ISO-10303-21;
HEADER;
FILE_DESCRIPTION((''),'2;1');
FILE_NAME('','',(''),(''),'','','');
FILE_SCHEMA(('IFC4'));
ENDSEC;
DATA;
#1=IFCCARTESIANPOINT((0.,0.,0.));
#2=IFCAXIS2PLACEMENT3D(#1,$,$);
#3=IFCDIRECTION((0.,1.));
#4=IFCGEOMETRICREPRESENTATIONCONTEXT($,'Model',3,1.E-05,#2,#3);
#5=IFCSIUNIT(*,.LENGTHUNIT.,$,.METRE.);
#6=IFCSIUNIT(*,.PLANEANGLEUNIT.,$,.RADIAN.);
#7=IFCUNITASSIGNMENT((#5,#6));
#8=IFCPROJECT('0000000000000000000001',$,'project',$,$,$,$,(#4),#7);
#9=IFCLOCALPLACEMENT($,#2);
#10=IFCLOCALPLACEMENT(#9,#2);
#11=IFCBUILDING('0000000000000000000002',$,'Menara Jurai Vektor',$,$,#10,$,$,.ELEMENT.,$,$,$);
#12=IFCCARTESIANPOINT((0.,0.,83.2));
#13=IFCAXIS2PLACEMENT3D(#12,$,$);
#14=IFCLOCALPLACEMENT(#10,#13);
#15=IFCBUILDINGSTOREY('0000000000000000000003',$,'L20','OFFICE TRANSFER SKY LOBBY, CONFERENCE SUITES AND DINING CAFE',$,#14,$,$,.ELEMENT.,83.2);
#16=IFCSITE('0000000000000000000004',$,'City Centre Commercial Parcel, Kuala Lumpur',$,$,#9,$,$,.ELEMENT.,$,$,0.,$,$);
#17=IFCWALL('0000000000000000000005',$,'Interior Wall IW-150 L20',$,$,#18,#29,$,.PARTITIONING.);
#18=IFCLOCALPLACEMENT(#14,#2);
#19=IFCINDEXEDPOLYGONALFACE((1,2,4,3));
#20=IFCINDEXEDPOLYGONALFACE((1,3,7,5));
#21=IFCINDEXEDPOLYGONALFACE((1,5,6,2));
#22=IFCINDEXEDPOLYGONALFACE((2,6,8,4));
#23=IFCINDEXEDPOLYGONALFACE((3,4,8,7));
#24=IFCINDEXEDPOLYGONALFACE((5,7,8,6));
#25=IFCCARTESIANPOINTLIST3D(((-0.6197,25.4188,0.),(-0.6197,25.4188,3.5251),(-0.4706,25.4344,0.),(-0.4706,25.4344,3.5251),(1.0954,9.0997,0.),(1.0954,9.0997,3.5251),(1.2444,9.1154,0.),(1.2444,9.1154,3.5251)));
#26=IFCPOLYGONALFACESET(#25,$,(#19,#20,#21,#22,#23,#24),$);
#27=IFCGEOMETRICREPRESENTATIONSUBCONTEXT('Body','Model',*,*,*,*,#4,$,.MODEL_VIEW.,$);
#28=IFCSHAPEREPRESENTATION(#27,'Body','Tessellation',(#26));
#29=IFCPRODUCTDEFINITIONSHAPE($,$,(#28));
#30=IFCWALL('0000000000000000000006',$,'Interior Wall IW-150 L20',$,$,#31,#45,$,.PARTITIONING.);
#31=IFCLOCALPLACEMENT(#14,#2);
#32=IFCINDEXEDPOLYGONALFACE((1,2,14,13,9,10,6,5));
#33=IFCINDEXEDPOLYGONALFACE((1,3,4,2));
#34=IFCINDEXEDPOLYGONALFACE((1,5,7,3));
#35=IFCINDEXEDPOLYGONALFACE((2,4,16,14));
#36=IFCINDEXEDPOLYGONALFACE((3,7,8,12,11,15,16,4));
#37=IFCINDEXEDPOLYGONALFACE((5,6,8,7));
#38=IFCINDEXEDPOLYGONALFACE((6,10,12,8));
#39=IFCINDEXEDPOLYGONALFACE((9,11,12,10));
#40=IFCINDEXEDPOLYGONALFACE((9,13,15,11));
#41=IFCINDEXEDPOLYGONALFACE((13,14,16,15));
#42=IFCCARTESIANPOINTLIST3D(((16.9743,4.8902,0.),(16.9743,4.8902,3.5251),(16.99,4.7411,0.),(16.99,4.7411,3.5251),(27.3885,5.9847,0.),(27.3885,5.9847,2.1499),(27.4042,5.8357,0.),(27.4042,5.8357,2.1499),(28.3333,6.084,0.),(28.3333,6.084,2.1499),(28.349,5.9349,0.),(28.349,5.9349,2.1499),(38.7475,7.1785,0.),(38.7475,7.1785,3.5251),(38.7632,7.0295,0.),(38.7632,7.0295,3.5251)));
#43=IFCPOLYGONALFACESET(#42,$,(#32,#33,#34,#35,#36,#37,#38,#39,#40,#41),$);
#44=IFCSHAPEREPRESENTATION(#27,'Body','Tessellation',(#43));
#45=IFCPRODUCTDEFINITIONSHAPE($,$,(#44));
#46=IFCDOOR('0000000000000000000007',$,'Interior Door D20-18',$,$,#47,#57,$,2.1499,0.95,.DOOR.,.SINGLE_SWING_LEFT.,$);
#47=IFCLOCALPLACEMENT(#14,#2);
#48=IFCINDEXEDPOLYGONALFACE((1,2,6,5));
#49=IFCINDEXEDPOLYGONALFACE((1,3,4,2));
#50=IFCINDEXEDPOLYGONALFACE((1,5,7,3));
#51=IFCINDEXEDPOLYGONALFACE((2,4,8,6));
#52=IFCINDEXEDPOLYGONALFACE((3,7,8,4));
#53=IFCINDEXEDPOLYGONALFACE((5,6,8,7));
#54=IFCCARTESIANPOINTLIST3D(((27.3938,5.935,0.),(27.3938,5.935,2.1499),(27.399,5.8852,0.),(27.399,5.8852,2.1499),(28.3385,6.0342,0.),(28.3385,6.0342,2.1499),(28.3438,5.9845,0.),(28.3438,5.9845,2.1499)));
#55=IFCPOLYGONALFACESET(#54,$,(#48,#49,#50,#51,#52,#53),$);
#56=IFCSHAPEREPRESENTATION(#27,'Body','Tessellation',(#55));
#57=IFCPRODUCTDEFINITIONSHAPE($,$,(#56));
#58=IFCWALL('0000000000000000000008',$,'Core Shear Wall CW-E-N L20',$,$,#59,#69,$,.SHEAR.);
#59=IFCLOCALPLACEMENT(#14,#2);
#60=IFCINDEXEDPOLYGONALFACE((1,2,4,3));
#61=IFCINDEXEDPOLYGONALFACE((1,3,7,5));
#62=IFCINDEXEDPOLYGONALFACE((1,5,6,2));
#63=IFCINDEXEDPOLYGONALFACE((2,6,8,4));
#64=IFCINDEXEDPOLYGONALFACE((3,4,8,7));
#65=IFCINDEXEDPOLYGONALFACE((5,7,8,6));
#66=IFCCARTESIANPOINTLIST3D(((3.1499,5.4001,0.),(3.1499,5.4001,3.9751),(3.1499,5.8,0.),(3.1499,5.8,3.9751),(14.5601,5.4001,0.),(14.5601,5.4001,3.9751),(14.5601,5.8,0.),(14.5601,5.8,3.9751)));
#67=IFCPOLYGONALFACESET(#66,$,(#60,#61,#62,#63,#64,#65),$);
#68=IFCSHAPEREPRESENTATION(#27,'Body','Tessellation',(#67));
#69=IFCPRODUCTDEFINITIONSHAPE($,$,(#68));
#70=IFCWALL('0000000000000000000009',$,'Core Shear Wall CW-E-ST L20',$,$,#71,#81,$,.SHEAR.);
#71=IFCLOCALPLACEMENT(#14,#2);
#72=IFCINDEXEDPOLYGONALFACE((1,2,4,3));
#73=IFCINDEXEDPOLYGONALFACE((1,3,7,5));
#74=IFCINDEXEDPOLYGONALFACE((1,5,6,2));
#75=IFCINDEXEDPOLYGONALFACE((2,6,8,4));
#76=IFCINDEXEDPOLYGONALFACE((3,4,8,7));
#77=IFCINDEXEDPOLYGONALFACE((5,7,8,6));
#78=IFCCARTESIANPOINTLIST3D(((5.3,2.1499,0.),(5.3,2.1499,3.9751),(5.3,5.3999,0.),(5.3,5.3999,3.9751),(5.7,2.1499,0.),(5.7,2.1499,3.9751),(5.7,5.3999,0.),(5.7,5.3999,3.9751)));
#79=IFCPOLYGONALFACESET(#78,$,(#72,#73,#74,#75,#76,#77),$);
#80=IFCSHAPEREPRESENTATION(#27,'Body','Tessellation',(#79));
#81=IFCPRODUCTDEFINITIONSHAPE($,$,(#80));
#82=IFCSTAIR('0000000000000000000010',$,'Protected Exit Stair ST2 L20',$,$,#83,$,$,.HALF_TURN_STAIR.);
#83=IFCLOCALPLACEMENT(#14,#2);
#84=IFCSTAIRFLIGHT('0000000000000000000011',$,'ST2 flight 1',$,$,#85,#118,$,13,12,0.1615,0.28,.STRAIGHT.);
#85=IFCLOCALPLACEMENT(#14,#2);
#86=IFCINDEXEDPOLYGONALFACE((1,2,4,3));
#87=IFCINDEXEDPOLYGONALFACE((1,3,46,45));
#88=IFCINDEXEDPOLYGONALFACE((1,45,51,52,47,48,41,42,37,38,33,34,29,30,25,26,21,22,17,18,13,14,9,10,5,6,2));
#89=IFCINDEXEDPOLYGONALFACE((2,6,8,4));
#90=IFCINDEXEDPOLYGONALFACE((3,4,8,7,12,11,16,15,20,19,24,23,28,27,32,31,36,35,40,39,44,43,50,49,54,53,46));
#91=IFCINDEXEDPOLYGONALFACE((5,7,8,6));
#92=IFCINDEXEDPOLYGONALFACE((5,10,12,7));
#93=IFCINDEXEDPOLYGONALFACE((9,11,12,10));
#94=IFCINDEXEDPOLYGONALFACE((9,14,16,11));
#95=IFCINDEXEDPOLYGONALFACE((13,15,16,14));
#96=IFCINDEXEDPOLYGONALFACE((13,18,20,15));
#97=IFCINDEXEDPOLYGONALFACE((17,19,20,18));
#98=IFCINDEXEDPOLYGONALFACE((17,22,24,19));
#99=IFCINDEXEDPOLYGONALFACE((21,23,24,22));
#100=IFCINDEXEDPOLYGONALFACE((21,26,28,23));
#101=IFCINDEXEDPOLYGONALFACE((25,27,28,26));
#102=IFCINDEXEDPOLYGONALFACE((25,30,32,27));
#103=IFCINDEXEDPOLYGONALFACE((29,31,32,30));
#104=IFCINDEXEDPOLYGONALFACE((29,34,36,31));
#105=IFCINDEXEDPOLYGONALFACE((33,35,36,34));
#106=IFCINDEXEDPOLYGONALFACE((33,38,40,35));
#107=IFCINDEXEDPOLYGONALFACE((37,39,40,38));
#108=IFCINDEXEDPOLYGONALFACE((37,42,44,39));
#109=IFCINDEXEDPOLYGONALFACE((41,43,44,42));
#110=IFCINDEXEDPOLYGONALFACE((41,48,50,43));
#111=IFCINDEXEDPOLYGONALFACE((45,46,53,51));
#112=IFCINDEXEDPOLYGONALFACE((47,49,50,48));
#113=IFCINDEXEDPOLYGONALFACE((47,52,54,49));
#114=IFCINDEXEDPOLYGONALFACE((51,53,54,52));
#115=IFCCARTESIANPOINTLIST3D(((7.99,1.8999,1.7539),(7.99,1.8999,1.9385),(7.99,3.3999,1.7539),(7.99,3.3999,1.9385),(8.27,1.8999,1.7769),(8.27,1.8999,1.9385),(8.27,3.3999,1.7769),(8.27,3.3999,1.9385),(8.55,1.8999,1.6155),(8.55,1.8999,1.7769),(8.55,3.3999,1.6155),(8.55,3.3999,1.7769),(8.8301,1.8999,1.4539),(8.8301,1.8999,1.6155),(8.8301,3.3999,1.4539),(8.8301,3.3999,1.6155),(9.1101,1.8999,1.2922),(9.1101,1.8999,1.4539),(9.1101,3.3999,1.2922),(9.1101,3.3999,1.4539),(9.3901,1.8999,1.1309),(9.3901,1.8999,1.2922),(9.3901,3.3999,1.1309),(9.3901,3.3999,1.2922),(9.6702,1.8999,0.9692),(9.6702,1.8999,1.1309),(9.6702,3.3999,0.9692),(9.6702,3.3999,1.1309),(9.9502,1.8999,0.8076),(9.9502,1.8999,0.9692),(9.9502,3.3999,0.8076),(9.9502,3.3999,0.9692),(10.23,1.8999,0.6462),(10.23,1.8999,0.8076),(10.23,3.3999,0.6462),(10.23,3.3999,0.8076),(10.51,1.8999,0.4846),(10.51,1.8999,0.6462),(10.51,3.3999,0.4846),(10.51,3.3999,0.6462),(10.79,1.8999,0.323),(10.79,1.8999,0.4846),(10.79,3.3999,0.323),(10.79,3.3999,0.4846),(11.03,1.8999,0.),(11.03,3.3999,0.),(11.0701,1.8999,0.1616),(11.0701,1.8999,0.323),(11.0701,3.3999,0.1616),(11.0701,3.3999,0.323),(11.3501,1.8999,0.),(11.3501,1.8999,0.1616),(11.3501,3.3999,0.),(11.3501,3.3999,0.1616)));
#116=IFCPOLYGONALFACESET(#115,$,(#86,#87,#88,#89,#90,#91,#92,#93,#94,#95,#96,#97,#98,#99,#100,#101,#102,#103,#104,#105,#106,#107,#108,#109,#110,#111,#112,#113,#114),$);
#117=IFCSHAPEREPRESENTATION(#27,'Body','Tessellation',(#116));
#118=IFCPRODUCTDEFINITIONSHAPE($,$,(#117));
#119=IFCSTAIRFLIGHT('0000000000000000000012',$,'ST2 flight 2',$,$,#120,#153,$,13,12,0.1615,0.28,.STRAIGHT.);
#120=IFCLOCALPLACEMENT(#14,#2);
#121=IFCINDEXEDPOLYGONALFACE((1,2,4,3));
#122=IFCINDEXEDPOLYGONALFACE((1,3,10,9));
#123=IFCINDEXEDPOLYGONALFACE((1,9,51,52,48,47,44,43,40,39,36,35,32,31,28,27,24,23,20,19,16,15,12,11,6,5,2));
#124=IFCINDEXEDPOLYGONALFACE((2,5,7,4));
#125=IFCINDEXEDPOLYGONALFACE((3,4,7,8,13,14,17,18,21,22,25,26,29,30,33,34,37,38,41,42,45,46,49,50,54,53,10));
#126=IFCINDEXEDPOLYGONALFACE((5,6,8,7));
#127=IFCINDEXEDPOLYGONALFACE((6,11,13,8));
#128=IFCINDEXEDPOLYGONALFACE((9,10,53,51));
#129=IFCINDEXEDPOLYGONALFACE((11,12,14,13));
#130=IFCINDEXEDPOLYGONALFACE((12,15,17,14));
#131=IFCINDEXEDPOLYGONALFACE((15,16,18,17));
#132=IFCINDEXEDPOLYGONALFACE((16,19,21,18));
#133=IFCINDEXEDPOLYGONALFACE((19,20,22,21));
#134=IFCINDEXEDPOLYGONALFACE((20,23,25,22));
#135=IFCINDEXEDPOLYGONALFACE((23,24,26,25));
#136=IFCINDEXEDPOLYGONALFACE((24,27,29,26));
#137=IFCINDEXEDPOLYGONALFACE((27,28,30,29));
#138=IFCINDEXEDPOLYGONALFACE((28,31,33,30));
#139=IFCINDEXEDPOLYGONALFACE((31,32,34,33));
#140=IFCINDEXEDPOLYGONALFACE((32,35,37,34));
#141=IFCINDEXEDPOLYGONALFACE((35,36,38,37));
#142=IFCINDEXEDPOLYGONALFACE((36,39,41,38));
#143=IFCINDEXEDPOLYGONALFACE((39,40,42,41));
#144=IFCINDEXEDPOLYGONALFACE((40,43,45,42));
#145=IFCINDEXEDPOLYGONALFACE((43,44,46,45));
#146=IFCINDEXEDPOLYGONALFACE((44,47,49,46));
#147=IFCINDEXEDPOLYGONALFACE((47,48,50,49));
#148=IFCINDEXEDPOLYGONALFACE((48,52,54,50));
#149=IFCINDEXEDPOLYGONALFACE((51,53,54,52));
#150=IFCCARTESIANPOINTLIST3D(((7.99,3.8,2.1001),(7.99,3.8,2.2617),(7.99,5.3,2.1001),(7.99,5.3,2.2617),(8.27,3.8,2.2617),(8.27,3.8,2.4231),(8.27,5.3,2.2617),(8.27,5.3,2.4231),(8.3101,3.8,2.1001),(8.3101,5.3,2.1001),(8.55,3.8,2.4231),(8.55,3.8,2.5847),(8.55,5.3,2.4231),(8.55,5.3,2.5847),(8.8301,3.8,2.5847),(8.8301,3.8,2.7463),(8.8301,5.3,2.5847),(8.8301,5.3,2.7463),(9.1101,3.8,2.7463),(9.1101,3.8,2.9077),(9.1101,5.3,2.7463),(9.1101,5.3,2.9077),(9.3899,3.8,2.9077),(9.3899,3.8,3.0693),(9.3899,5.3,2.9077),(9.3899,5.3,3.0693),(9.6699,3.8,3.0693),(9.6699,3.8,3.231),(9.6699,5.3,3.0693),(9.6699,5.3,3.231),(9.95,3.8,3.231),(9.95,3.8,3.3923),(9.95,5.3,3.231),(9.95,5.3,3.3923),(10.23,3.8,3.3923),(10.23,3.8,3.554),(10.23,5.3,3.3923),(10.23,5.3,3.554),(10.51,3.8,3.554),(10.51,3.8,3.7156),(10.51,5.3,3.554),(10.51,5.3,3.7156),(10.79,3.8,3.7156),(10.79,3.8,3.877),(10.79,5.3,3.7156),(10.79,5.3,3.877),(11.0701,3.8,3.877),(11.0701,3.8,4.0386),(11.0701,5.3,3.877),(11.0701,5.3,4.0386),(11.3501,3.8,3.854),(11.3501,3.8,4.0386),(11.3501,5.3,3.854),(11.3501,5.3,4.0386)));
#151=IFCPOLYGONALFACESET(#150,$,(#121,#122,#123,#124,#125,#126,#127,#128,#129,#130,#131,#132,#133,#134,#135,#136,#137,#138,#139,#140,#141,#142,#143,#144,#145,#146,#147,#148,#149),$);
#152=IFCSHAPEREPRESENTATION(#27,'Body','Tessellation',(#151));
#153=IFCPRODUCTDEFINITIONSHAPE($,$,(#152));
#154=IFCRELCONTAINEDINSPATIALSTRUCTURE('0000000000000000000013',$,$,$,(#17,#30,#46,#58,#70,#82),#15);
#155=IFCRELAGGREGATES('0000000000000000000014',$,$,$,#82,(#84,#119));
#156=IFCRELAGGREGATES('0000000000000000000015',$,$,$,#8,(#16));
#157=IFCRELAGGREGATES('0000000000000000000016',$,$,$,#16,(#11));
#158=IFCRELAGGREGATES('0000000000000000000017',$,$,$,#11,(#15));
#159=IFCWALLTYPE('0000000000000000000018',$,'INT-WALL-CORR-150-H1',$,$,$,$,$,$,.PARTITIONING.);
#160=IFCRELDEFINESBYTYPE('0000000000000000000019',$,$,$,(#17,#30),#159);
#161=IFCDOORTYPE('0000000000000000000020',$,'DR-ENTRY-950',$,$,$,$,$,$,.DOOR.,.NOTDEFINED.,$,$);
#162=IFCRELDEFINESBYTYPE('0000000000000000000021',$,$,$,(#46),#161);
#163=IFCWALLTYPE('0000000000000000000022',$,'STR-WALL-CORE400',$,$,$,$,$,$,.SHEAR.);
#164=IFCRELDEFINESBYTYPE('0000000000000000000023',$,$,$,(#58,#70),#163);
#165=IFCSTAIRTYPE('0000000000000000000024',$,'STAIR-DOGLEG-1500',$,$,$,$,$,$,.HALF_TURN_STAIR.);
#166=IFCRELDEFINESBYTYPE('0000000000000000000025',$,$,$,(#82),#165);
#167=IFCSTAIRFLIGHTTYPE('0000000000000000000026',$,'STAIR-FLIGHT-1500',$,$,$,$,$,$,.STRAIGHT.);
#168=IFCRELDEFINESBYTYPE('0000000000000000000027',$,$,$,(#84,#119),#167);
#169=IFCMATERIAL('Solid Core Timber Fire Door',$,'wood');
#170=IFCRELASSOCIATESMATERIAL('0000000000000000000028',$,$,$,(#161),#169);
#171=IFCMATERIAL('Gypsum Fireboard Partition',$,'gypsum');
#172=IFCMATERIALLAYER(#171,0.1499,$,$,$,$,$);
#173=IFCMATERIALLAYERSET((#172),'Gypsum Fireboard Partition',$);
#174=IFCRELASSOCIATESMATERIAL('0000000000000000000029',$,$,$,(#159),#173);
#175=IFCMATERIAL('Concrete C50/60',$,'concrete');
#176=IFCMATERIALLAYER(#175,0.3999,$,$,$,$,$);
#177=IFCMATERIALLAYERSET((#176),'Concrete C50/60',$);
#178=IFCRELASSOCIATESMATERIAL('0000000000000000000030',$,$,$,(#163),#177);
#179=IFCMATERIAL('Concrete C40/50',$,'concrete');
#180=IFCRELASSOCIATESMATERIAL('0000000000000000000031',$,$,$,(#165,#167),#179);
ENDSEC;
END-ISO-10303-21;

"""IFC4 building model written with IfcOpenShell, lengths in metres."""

from ifc_helpers import new_model, si_unit, direction, frame, frame_2d, origin, place, context, subcontext, project, spatial, polyline, rectangle, outline, extrude, material, layer, layer_set, type_object, element, fill, aggregate, save


model = new_model("IFC4")

# Units and contexts
model_context = context("Model", 3, precision=1e-05, world=origin(), true_north=direction((0.0, 1.0)))
body_context = subcontext(model_context, "Body", "Model", "MODEL_VIEW")
ifc_project = project(units=[si_unit("LENGTHUNIT", "METRE"), si_unit("PLANEANGLEUNIT", "RADIAN")], contexts=[model_context])

# Site, building, storey
site_placement = place(None, origin())
site = spatial("IfcSite", under=ifc_project, at=site_placement, Name="City Centre Commercial Parcel, Kuala Lumpur", CompositionType="ELEMENT", RefElevation=0.0)
building_placement = place(site_placement, origin())
building = spatial("IfcBuilding", under=site, at=building_placement, Name="Menara Jurai Vektor", CompositionType="ELEMENT")
storey_placement = place(building_placement, frame((0.0, 0.0, 83.2)))
storey = spatial("IfcBuildingStorey", under=building, at=storey_placement, Name="L20", Description="OFFICE TRANSFER SKY LOBBY, CONFERENCE SUITES AND DINING CAFE", CompositionType="ELEMENT", Elevation=83.2)

# Shared definitions
ifc_material_1 = material(Name="Concrete C50/60", Category="concrete")

# Shared definitions
ifc_material_2 = material(Name="Gypsum Fireboard Partition", Category="gypsum")

# Shared definitions
ifc_material_3 = material(Name="Solid Core Timber Fire Door", Category="wood")
door_type = type_object("IfcDoorType", Name="DR-ENTRY-950", OperationType="NOTDEFINED", PredefinedType="DOOR", material=ifc_material_3)

# Wall
ifc_layer_1 = layer(ifc_material_2, 0.1499)
ifc_layer_set_1 = layer_set([ifc_layer_1], Name="Gypsum Fireboard Partition")
wall_type_1 = type_object("IfcWallType", Name="INT-WALL-CORR-150-H1", PredefinedType="PARTITIONING", material=ifc_layer_set_1)
wall_1_placement = place(storey_placement, frame((1.1699, 9.1074, 0.0), z_axis=(0.0, 0.0, 1.0), x_axis=(-0.104521, 0.994523, 0.0)))
element("IfcWall", 1, at=wall_1_placement, inside=storey, type_object=wall_type_1, Name="Interior Wall IW-150 L20", PredefinedType="PARTITIONING", context=body_context, shape_type="SweptSolid", body=[
    extrude(rectangle(XDim=16.4089, YDim=0.1499, at=frame_2d((8.2046, 0.0))), origin(), (0.0, 0.0, 1.0), 3.5251),
])

# Wall, opening, door
wall_2_placement = place(storey_placement, frame((16.9822, 4.8157, 0.0), z_axis=(0.0, 0.0, 1.0), x_axis=(0.994522, 0.104523, 0.0)))
wall_2 = element("IfcWall", 2, at=wall_2_placement, inside=storey, type_object=wall_type_1, Name="Interior Wall IW-150 L20", PredefinedType="PARTITIONING", context=body_context, shape_type="SweptSolid", body=[
    extrude(rectangle(XDim=21.8931, YDim=0.1499, at=frame_2d((10.9465, 0.0))), origin(), (0.0, 0.0, 1.0), 3.5251),
])
opening_1_placement = place(wall_2_placement, frame((10.4714, 0.0, 0.0)))
opening_1 = element("IfcOpeningElement", 3, at=opening_1_placement, cuts=wall_2, PredefinedType="OPENING", context=body_context, shape_type="SweptSolid", body=[
    extrude(rectangle(XDim=0.95, YDim=2.1499, at=frame_2d((0.4751, 1.075))), frame((0.0, 0.085, 0.0), z_axis=(0.0, -1.0, 0.0), x_axis=(1.0, 0.0, 0.0)), (0.0, 0.0, 1.0), 0.1699),
])
door_1_placement = place(opening_1_placement, origin())
door_1 = element("IfcDoor", 4, at=door_1_placement, inside=storey, type_object=door_type, Name="Interior Door D20-18", OperationType="SINGLE_SWING_LEFT", OverallHeight=2.1499, OverallWidth=0.95, PredefinedType="DOOR", context=body_context, shape_type="SweptSolid", body=[
    extrude(rectangle(XDim=0.95, YDim=2.1499, at=frame_2d((0.4751, 1.075))), frame((0.0, 0.0249, 0.0), z_axis=(0.0, -1.0, 0.0), x_axis=(1.0, 0.0, 0.0)), (0.0, 0.0, 1.0), 0.05),
])
fill(opening_1, door_1)

# Walls
ifc_layer_2 = layer(ifc_material_1, 0.3999)
ifc_layer_set_2 = layer_set([ifc_layer_2], Name="Concrete C50/60")
wall_type_2 = type_object("IfcWallType", Name="STR-WALL-CORE400", PredefinedType="SHEAR", material=ifc_layer_set_2)
wall_3_placement = place(storey_placement, frame((3.1499, 5.6001, 0.0), z_axis=(0.0, 0.0, 1.0), x_axis=(1.0, 0.0, 0.0)))
element("IfcWall", 5, at=wall_3_placement, inside=storey, type_object=wall_type_2, Name="Core Shear Wall CW-E-N L20", PredefinedType="SHEAR", context=body_context, shape_type="SweptSolid", body=[
    extrude(rectangle(XDim=11.4102, YDim=0.3999, at=frame_2d((5.7051, 0.0))), origin(), (0.0, 0.0, 1.0), 3.9751),
])
wall_4_placement = place(storey_placement, frame((5.5, 2.1499, 0.0), z_axis=(0.0, 0.0, 1.0), x_axis=(0.0, 1.0, 0.0)))
element("IfcWall", 6, at=wall_4_placement, inside=storey, type_object=wall_type_2, Name="Core Shear Wall CW-E-ST L20", PredefinedType="SHEAR", context=body_context, shape_type="SweptSolid", body=[
    extrude(rectangle(XDim=3.25, YDim=0.3999, at=frame_2d((1.625, 0.0))), origin(), (0.0, 0.0, 1.0), 3.9751),
])

# Stair, stair flights
ifc_material_4 = material(Name="Concrete C40/50", Category="concrete")
stair_type = type_object("IfcStairType", Name="STAIR-DOGLEG-1500", PredefinedType="HALF_TURN_STAIR", material=ifc_material_4)
stair_placement = place(storey_placement, origin())
stair = element("IfcStair", 7, at=stair_placement, inside=storey, type_object=stair_type, Name="Protected Exit Stair ST2 L20", PredefinedType="HALF_TURN_STAIR")
stair_flight_type = type_object("IfcStairFlightType", Name="STAIR-FLIGHT-1500", PredefinedType="STRAIGHT", material=ifc_material_4)
stair_flight_1_placement = place(storey_placement, frame((11.3501, 2.6499, 0.0), z_axis=(0.0, 0.0, 1.0), x_axis=(-1.0, 0.0, 0.0)))
stair_flight_1 = element("IfcStairFlight", 8, at=stair_flight_1_placement, type_object=stair_flight_type, Name="ST2 flight 1", NumberOfRisers=13, NumberOfTreads=12, PredefinedType="STRAIGHT", RiserHeight=0.1615, TreadLength=0.28, context=body_context, shape_type="SweptSolid", body=[
    extrude(outline(polyline([(0.0, 0.0), (0.0, 0.1616), (0.28, 0.1616), (0.28, 0.323), (0.5601, 0.323), (0.5601, 0.4846), (0.8401, 0.4846), (0.8401, 0.6462), (1.1201, 0.6462), (1.1201, 0.8076), (1.3999, 0.8076), (1.3999, 0.9692), (1.6799, 0.9692), (1.6799, 1.1309), (1.96, 1.1309), (1.96, 1.2922), (2.24, 1.2922), (2.24, 1.4539), (2.52, 1.4539), (2.52, 1.6155), (2.8, 1.6155), (2.8, 1.7769), (3.0801, 1.7769), (3.0801, 1.9385), (3.3601, 1.9385), (3.3601, 2.1001), (3.3601, 1.7539), (0.3201, 0.0), (0.0, 0.0)])), frame((0.0, 0.75, 0.0), z_axis=(0.0, -1.0, 0.0), x_axis=(1.0, 0.0, 0.0)), (0.0, 0.0, 1.0), 1.5),
])
stair_flight_2_placement = place(storey_placement, frame((7.99, 4.55, 2.1001), z_axis=(0.0, 0.0, 1.0), x_axis=(1.0, 0.0, 0.0)))
stair_flight_2 = element("IfcStairFlight", 9, at=stair_flight_2_placement, type_object=stair_flight_type, Name="ST2 flight 2", NumberOfRisers=13, NumberOfTreads=12, PredefinedType="STRAIGHT", RiserHeight=0.1615, TreadLength=0.28, context=body_context, shape_type="SweptSolid", body=[
    extrude(outline(polyline([(0.0, 0.0), (0.0, 0.1616), (0.28, 0.1616), (0.28, 0.323), (0.5601, 0.323), (0.5601, 0.4846), (0.8401, 0.4846), (0.8401, 0.6462), (1.1201, 0.6462), (1.1201, 0.8076), (1.3999, 0.8076), (1.3999, 0.9692), (1.6799, 0.9692), (1.6799, 1.1309), (1.96, 1.1309), (1.96, 1.2922), (2.24, 1.2922), (2.24, 1.4539), (2.52, 1.4539), (2.52, 1.6155), (2.8, 1.6155), (2.8, 1.7769), (3.0801, 1.7769), (3.0801, 1.9385), (3.3601, 1.9385), (3.3601, 2.1001), (3.3601, 1.7539), (0.3201, 0.0), (0.0, 0.0)])), frame((0.0, 0.75, 0.0), z_axis=(0.0, -1.0, 0.0), x_axis=(1.0, 0.0, 0.0)), (0.0, 0.0, 1.0), 1.5),
])
aggregate(stair, [stair_flight_1, stair_flight_2])

save(model, "model.ifc")
